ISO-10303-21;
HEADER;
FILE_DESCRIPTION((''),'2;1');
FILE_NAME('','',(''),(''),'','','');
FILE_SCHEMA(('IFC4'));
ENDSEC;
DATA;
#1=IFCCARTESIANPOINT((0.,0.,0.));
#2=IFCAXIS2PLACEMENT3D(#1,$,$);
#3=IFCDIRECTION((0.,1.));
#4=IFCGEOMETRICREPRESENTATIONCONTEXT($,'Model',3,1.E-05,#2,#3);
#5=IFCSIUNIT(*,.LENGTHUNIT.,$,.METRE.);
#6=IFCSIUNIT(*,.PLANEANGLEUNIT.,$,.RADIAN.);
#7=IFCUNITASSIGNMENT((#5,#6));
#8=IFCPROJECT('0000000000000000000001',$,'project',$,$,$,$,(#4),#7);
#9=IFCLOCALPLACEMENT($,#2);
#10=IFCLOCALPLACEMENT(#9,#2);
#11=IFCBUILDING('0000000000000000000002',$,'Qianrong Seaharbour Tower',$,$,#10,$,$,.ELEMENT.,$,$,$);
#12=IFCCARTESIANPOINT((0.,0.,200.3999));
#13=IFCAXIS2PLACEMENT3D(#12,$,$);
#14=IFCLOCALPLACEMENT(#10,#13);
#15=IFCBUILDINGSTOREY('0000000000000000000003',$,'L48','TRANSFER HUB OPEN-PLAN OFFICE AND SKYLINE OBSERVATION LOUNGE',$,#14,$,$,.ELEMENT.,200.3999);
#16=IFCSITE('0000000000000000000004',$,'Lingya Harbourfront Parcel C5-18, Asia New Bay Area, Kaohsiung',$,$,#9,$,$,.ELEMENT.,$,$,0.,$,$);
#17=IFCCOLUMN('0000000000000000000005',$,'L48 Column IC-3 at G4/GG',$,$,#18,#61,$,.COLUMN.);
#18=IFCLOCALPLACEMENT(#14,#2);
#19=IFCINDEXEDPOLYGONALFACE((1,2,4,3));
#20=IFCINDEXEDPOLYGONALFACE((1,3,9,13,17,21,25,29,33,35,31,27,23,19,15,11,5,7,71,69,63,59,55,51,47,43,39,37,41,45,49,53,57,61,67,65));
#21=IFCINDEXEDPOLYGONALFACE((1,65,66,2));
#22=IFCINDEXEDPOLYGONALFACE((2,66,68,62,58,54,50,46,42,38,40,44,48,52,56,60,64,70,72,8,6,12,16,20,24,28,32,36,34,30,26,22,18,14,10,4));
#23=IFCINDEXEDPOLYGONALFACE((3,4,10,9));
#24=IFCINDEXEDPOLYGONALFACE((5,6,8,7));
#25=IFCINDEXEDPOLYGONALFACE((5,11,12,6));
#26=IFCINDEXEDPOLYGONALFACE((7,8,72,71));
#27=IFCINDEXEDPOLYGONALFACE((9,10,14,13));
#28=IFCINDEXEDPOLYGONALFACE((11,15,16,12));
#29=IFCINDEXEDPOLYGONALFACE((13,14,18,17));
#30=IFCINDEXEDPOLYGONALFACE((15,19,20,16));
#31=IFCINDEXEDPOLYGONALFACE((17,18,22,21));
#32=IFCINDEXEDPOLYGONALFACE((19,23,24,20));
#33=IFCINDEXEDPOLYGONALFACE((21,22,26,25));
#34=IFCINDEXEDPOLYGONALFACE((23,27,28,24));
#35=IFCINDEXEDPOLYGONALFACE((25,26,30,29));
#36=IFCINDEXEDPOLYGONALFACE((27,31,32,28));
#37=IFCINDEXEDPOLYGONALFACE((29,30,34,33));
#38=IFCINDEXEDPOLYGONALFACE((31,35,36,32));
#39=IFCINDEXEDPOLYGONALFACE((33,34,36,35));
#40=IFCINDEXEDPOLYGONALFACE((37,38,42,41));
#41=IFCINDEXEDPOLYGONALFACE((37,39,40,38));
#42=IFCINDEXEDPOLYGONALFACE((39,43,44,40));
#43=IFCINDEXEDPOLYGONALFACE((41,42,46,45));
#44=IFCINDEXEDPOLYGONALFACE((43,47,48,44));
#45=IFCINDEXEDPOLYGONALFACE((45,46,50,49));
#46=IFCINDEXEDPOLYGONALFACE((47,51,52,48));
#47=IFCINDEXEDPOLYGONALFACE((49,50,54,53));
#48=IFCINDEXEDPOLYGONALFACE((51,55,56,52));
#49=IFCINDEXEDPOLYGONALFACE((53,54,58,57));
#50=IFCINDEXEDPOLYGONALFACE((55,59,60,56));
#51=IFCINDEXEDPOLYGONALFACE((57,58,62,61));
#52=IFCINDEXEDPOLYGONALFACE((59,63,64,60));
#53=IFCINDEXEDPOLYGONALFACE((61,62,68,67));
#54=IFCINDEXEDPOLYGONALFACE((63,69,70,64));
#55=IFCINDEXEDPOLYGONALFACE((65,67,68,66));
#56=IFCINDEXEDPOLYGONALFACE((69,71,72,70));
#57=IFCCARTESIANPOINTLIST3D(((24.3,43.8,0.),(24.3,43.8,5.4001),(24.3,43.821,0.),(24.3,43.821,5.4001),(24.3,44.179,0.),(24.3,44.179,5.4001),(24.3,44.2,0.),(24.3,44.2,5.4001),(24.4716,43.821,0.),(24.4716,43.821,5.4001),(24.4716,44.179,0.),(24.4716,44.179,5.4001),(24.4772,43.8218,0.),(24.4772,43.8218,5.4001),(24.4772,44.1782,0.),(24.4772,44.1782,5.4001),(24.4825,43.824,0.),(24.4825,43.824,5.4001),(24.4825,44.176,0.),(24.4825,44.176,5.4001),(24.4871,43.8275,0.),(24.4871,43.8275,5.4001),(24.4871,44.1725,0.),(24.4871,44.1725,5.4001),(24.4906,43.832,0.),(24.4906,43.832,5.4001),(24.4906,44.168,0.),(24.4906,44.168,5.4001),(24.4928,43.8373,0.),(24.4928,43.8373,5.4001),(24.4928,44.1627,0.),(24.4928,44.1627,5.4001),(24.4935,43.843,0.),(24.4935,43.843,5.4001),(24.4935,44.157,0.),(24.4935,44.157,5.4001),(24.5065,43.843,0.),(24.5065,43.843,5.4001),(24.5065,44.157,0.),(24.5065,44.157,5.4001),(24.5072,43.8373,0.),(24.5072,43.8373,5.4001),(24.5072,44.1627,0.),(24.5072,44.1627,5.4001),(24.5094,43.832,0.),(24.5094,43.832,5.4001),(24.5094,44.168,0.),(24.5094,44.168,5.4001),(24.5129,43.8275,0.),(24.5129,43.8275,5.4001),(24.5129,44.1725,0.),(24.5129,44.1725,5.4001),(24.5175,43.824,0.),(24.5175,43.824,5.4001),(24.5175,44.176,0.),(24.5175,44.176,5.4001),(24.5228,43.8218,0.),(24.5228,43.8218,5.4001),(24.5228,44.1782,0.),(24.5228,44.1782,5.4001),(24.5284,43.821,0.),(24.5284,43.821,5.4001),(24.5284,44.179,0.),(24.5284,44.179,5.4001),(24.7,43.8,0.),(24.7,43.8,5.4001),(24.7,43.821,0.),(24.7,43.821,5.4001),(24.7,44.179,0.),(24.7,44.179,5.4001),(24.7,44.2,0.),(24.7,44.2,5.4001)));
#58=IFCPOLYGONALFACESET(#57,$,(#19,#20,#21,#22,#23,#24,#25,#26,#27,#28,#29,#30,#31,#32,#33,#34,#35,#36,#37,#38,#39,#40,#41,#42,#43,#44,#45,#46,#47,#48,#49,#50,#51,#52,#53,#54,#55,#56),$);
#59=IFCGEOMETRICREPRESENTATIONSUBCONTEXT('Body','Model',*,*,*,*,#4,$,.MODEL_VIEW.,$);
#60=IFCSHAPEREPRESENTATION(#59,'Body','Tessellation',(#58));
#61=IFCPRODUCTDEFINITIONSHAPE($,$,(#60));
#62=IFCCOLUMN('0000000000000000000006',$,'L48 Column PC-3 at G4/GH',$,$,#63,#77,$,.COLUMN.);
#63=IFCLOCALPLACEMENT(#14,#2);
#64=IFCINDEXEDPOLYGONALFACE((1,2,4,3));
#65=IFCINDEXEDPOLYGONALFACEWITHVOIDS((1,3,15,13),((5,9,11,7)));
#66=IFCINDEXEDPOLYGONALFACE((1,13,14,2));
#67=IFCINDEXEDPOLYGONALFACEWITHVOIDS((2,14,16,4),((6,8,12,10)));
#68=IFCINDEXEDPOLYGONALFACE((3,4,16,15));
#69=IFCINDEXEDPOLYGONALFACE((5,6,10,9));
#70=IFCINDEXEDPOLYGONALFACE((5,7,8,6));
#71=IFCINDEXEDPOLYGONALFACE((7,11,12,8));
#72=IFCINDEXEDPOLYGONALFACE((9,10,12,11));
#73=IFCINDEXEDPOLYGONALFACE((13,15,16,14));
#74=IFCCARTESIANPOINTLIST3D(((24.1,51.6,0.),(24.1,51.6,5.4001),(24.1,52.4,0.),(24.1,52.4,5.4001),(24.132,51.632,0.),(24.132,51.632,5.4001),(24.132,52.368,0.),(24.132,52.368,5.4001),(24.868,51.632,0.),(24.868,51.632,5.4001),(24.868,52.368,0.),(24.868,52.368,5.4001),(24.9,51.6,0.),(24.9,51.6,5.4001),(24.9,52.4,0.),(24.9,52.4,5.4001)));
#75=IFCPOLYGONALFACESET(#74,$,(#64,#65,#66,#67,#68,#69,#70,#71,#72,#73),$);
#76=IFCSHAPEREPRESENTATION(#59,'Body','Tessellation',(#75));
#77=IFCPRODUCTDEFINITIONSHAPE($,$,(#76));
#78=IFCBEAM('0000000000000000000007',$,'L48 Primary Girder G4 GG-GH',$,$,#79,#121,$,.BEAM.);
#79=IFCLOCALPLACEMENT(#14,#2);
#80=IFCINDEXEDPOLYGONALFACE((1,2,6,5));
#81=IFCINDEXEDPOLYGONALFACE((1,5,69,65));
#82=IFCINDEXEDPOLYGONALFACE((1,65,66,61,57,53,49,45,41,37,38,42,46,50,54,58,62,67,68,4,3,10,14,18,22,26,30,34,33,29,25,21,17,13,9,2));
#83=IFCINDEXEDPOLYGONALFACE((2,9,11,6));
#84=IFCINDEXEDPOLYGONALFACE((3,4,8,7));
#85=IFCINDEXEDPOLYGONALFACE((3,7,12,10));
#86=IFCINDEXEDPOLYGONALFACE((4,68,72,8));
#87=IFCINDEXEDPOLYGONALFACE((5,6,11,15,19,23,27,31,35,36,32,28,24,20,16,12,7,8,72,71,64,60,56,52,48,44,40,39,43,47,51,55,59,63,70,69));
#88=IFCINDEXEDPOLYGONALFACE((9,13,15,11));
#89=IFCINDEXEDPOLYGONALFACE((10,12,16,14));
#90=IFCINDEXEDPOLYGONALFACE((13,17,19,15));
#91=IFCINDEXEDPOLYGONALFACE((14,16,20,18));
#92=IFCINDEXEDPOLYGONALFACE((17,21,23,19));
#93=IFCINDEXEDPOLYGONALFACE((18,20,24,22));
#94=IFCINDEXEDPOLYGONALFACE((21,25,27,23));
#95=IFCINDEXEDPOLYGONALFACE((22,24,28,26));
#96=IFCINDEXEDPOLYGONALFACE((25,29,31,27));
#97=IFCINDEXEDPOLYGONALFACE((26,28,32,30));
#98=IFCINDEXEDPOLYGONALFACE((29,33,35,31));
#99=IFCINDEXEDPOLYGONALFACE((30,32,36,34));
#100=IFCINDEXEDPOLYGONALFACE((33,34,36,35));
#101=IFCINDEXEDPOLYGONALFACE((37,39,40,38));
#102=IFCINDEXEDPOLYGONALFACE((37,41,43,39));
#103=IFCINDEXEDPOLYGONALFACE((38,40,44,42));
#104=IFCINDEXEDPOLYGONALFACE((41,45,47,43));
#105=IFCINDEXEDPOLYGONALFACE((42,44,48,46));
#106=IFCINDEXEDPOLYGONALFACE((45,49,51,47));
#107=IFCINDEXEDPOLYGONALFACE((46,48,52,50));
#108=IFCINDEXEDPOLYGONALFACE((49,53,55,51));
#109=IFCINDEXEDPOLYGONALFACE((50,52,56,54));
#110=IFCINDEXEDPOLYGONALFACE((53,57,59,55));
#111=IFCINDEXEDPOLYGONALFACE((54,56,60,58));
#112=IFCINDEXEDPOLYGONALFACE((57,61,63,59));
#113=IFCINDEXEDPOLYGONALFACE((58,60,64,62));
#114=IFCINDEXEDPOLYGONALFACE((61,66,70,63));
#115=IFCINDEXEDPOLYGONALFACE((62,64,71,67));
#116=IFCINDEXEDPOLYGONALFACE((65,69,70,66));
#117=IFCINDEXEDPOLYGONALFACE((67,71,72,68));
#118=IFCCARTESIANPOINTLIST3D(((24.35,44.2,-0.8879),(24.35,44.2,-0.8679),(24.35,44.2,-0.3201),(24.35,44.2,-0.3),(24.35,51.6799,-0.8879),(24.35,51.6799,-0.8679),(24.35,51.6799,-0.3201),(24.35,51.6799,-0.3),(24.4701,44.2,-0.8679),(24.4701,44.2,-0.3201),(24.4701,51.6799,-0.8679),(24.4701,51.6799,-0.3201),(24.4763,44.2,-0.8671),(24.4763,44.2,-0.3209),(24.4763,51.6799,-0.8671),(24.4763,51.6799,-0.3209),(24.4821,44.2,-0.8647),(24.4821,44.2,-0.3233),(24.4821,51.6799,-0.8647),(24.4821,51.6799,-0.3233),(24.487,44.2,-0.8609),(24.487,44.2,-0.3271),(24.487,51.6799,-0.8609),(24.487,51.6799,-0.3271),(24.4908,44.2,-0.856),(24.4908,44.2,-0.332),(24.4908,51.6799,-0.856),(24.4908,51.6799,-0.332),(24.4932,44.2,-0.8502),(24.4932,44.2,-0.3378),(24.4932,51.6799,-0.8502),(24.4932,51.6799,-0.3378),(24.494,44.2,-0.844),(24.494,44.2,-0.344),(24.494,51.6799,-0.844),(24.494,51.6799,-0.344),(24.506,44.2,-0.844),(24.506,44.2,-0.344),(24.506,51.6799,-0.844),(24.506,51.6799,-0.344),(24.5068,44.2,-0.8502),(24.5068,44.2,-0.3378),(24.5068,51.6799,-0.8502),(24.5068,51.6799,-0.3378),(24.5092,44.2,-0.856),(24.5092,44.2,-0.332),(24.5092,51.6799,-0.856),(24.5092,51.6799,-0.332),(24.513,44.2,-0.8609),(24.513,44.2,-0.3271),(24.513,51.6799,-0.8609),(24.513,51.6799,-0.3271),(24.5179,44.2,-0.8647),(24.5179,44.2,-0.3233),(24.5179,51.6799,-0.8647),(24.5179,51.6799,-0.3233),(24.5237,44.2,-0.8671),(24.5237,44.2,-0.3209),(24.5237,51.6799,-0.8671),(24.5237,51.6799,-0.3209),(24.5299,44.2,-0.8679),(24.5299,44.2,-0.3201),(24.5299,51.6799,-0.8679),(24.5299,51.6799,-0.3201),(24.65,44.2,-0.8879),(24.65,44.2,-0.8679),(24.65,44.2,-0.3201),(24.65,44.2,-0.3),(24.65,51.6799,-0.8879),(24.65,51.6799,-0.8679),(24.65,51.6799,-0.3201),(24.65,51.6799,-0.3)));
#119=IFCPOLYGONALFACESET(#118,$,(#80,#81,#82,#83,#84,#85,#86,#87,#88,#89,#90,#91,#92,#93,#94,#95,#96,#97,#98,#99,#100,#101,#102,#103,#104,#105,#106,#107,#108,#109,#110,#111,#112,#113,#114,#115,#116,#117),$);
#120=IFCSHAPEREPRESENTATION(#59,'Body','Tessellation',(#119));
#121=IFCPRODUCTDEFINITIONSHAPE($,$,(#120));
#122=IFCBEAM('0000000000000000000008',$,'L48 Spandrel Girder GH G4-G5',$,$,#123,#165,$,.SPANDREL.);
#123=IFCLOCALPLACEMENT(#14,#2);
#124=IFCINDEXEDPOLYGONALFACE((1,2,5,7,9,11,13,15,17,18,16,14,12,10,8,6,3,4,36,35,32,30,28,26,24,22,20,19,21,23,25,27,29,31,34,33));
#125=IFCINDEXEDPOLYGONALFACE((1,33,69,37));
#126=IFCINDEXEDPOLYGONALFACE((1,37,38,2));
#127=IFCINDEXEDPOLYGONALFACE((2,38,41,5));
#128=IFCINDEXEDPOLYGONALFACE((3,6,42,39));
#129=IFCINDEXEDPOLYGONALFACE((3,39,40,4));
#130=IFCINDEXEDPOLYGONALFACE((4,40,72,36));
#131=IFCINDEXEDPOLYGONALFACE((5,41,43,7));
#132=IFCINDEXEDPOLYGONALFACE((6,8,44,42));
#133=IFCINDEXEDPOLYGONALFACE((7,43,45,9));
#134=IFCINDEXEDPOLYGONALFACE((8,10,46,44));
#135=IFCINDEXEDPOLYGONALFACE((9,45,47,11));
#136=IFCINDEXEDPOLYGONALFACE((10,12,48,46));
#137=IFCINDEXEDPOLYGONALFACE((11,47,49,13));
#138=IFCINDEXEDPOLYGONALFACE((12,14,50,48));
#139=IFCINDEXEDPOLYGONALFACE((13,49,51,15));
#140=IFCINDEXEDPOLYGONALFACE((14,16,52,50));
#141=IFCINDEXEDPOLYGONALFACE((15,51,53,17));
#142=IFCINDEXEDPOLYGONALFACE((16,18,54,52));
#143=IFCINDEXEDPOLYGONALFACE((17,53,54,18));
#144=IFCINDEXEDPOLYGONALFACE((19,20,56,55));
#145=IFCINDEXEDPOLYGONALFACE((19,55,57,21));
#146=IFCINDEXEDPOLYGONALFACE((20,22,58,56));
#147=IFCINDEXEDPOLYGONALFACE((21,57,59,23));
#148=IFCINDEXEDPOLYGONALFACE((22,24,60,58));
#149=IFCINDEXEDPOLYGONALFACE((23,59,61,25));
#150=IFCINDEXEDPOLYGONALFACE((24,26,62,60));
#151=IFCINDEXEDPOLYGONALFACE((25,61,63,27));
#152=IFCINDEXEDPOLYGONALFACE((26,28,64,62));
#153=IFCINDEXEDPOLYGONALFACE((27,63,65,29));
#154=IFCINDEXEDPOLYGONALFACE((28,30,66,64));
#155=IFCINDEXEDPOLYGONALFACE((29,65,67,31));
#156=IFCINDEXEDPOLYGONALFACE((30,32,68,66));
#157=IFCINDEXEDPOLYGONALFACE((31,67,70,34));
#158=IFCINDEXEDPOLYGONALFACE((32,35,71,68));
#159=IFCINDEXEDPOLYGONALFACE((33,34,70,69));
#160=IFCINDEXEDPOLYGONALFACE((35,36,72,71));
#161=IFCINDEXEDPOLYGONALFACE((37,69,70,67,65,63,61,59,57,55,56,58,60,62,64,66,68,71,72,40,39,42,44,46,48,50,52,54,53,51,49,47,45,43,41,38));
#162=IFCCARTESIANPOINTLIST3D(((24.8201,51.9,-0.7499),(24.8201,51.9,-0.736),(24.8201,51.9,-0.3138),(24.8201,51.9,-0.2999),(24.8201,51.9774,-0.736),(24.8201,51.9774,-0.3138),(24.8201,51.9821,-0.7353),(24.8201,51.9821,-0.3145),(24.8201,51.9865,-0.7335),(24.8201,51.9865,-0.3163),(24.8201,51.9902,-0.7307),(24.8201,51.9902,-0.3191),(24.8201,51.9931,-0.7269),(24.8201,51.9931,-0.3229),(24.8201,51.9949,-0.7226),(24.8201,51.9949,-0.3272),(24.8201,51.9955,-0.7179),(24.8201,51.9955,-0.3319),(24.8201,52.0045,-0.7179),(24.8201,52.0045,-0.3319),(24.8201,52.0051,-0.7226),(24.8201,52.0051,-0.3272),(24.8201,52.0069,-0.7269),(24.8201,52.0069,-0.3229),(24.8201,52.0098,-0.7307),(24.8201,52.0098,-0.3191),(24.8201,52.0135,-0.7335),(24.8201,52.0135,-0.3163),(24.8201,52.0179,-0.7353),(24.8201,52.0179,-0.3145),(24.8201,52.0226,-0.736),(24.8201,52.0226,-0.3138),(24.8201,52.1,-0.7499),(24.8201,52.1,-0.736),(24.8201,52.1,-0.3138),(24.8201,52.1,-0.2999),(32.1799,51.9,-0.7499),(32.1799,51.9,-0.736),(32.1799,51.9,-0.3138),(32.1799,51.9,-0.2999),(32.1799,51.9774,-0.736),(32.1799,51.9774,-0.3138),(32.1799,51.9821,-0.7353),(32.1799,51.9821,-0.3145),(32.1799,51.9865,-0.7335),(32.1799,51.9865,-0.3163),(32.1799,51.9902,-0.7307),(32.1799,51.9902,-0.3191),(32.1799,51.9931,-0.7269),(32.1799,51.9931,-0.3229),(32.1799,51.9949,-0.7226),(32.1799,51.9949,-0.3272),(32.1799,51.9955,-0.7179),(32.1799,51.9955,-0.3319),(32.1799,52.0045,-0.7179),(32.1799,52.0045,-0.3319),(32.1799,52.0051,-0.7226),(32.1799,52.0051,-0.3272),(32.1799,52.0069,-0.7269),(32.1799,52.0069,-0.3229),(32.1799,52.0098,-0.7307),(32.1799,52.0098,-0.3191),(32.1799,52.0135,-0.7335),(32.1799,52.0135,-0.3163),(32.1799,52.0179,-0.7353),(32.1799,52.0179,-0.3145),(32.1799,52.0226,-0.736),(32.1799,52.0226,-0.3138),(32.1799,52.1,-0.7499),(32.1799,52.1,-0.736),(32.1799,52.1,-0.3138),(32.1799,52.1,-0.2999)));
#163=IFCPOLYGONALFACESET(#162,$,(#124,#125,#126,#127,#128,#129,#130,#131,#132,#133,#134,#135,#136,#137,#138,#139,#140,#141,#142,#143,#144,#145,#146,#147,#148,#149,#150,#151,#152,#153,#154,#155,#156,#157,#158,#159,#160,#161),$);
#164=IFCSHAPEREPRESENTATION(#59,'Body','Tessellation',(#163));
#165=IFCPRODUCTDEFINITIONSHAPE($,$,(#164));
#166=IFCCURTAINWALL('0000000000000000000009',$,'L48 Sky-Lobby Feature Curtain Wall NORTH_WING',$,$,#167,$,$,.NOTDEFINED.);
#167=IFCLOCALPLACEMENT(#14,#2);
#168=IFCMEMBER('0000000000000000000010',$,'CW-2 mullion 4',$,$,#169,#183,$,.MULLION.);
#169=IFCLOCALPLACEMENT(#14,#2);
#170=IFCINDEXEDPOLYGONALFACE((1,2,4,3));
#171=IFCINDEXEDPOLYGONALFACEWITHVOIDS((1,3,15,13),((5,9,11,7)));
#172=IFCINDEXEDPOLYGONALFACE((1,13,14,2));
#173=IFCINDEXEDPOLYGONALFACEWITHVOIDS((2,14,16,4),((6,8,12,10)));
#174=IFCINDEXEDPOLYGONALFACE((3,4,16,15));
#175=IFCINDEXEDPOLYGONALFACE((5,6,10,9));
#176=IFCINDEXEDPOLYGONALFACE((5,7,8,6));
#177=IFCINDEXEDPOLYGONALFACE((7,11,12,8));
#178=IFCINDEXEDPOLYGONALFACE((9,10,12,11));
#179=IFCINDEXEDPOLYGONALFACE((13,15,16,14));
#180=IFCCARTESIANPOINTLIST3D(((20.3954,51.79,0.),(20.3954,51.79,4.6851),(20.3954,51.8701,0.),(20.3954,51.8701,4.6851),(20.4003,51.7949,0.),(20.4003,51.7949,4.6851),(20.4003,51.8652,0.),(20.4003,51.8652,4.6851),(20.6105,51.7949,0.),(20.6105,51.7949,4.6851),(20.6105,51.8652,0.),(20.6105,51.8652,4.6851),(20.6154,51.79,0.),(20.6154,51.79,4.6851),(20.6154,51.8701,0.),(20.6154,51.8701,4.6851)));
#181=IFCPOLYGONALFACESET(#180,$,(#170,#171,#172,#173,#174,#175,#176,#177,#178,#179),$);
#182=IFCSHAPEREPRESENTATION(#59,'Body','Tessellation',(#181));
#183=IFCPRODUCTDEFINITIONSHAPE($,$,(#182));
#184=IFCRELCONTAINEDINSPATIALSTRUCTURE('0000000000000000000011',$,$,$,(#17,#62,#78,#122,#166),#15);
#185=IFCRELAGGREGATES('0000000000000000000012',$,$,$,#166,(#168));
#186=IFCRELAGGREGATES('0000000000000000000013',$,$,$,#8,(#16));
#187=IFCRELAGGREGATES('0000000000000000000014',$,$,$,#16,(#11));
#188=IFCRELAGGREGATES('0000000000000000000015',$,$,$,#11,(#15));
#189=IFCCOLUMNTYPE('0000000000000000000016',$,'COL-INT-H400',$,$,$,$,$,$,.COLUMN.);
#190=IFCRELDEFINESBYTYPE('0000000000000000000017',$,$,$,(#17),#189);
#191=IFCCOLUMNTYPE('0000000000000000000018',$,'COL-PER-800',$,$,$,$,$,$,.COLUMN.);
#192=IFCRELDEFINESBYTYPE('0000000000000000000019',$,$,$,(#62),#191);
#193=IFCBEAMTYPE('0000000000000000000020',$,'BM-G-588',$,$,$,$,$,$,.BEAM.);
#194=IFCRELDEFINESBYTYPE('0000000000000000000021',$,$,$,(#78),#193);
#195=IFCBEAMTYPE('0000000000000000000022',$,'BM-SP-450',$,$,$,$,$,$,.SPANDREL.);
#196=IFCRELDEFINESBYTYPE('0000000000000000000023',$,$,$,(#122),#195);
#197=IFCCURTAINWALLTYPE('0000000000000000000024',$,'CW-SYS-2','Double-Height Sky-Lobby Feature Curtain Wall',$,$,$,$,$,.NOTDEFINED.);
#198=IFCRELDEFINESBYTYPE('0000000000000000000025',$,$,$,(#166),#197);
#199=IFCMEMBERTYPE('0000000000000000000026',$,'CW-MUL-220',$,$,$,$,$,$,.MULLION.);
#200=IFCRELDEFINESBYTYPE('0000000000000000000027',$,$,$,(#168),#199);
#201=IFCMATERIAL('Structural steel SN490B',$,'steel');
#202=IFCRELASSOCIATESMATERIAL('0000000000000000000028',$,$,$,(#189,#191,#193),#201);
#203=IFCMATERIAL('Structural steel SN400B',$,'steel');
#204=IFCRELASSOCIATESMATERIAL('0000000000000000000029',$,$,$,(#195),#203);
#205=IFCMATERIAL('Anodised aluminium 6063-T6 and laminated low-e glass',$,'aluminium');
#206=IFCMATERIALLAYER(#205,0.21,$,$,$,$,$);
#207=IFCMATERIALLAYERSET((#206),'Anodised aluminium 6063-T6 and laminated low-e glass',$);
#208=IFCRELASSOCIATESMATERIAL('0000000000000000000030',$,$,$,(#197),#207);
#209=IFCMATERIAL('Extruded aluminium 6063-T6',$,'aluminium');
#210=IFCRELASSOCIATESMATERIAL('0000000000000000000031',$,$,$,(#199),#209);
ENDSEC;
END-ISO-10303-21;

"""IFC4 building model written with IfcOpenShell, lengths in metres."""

from ifc_helpers import new_model, si_unit, direction, frame, origin, origin_2d, place, context, subcontext, project, spatial, hollow_rectangle, i_section, extrude, material, layer, layer_set, material_profile, profile_set, type_object, element, aggregate, save


model = new_model("IFC4")

# Units and contexts
model_context = context("Model", 3, precision=1e-05, world=origin(), true_north=direction((0.0, 1.0)))
body_context = subcontext(model_context, "Body", "Model", "MODEL_VIEW")
ifc_project = project(units=[si_unit("LENGTHUNIT", "METRE"), si_unit("PLANEANGLEUNIT", "RADIAN")], contexts=[model_context])

# Site, building, storey
site_placement = place(None, origin())
site = spatial("IfcSite", under=ifc_project, at=site_placement, Name="Lingya Harbourfront Parcel C5-18, Asia New Bay Area, Kaohsiung", CompositionType="ELEMENT", RefElevation=0.0)
building_placement = place(site_placement, origin())
building = spatial("IfcBuilding", under=site, at=building_placement, Name="Qianrong Seaharbour Tower", CompositionType="ELEMENT")
storey_placement = place(building_placement, frame((0.0, 0.0, 200.3999)))
storey = spatial("IfcBuildingStorey", under=building, at=storey_placement, Name="L48", Description="TRANSFER HUB OPEN-PLAN OFFICE AND SKYLINE OBSERVATION LOUNGE", CompositionType="ELEMENT", Elevation=200.3999)

# Columns
ifc_material_1 = material(Name="Structural steel SN490B", Category="steel")
ifc_material_profile_1 = material_profile(ifc_material_1, i_section(OverallWidth=0.3999, OverallDepth=0.3999, WebThickness=0.0129, FlangeThickness=0.021, FilletRadius=0.022, at=origin_2d()), Name="H400x400x13x21")
ifc_profile_set_1 = profile_set([ifc_material_profile_1], Name="Structural steel SN490B")
column_type_1 = type_object("IfcColumnType", Name="COL-INT-H400", PredefinedType="COLUMN", material=ifc_profile_set_1)
column_1_placement = place(storey_placement, frame((24.5, 44.0, 0.0), z_axis=(0.0, 0.0, 1.0), x_axis=(1.0, 0.0, 0.0)))
element("IfcColumn", 1, at=column_1_placement, inside=storey, type_object=column_type_1, Name="L48 Column IC-3 at G4/GG", PredefinedType="COLUMN", context=body_context, shape_type="SweptSolid", body=[
    extrude(i_section(OverallWidth=0.3999, OverallDepth=0.3999, WebThickness=0.0129, FlangeThickness=0.021, FilletRadius=0.022, at=origin_2d()), origin(), (0.0, 0.0, 1.0), 5.4001),
])
ifc_material_profile_2 = material_profile(ifc_material_1, hollow_rectangle(XDim=0.8, YDim=0.8, WallThickness=0.032, at=origin_2d()), Name="BOX800x800x32")
ifc_profile_set_2 = profile_set([ifc_material_profile_2], Name="Structural steel SN490B")
column_type_2 = type_object("IfcColumnType", Name="COL-PER-800", PredefinedType="COLUMN", material=ifc_profile_set_2)
column_2_placement = place(storey_placement, frame((24.5, 52.0, 0.0), z_axis=(0.0, 0.0, 1.0), x_axis=(1.0, 0.0, 0.0)))
element("IfcColumn", 2, at=column_2_placement, inside=storey, type_object=column_type_2, Name="L48 Column PC-3 at G4/GH", PredefinedType="COLUMN", context=body_context, shape_type="SweptSolid", body=[
    extrude(hollow_rectangle(XDim=0.8, YDim=0.8, WallThickness=0.032, at=origin_2d()), origin(), (0.0, 0.0, 1.0), 5.4001),
])

# Beams
ifc_material_profile_3 = material_profile(ifc_material_1, i_section(OverallWidth=0.3, OverallDepth=0.5879, WebThickness=0.012, FlangeThickness=0.02, FilletRadius=0.0239, at=origin_2d()), Name="H588x300x12x20")
ifc_profile_set_3 = profile_set([ifc_material_profile_3], Name="Structural steel SN490B")
beam_type_1 = type_object("IfcBeamType", Name="BM-G-588", PredefinedType="BEAM", material=ifc_profile_set_3)
beam_1_placement = place(storey_placement, frame((24.5, 44.2, -0.594), z_axis=(0.0, 1.0, 0.0), x_axis=(-1.0, 0.0, 0.0)))
element("IfcBeam", 3, at=beam_1_placement, inside=storey, type_object=beam_type_1, Name="L48 Primary Girder G4 GG-GH", PredefinedType="BEAM", context=body_context, shape_type="SweptSolid", body=[
    extrude(i_section(OverallWidth=0.3, OverallDepth=0.5879, WebThickness=0.012, FlangeThickness=0.02, FilletRadius=0.0239, at=origin_2d()), origin(), (0.0, 0.0, 1.0), 7.48),
])
ifc_material_2 = material(Name="Structural steel SN400B", Category="steel")
ifc_material_profile_4 = material_profile(ifc_material_2, i_section(OverallWidth=0.2, OverallDepth=0.45, WebThickness=0.009, FlangeThickness=0.0139, FilletRadius=0.0181, at=origin_2d()), Name="H450x200x9x14")
ifc_profile_set_4 = profile_set([ifc_material_profile_4], Name="Structural steel SN400B")
beam_type_2 = type_object("IfcBeamType", Name="BM-SP-450", PredefinedType="SPANDREL", material=ifc_profile_set_4)
beam_2_placement = place(storey_placement, frame((24.8201, 52.0, -0.5249), z_axis=(1.0, 0.0, 0.0), x_axis=(0.0, 1.0, 0.0)))
element("IfcBeam", 4, at=beam_2_placement, inside=storey, type_object=beam_type_2, Name="L48 Spandrel Girder GH G4-G5", PredefinedType="SPANDREL", context=body_context, shape_type="SweptSolid", body=[
    extrude(i_section(OverallWidth=0.2, OverallDepth=0.45, WebThickness=0.009, FlangeThickness=0.0139, FilletRadius=0.0181, at=origin_2d()), origin(), (0.0, 0.0, 1.0), 7.3599),
])

# Curtain wall, member
ifc_material_3 = material(Name="Anodised aluminium 6063-T6 and laminated low-e glass", Category="aluminium")
ifc_layer_1 = layer(ifc_material_3, 0.21)
ifc_layer_set_1 = layer_set([ifc_layer_1], Name="Anodised aluminium 6063-T6 and laminated low-e glass")
curtain_wall_type = type_object("IfcCurtainWallType", Name="CW-SYS-2", Description="Double-Height Sky-Lobby Feature Curtain Wall", PredefinedType="NOTDEFINED", material=ifc_layer_set_1)
curtain_wall_placement = place(storey_placement, origin())
curtain_wall = element("IfcCurtainWall", 5, at=curtain_wall_placement, inside=storey, type_object=curtain_wall_type, Name="L48 Sky-Lobby Feature Curtain Wall NORTH_WING", PredefinedType="NOTDEFINED")
ifc_material_4 = material(Name="Extruded aluminium 6063-T6", Category="aluminium")
ifc_material_profile_5 = material_profile(ifc_material_4, hollow_rectangle(XDim=0.0801, YDim=0.22, WallThickness=0.0049, at=origin_2d()), Name="ALU-MUL-220x80x5")
ifc_profile_set_5 = profile_set([ifc_material_profile_5], Name="Extruded aluminium 6063-T6")
member_type_1 = type_object("IfcMemberType", Name="CW-MUL-220", PredefinedType="MULLION", material=ifc_profile_set_5)
member_1_placement = place(storey_placement, frame((20.5054, 51.8301, 0.0), z_axis=(0.0, 0.0, 1.0), x_axis=(0.0, 1.0, 0.0)))
member_1 = element("IfcMember", 6, at=member_1_placement, type_object=member_type_1, Name="CW-2 mullion 4", PredefinedType="MULLION", context=body_context, shape_type="SweptSolid", body=[
    extrude(hollow_rectangle(XDim=0.0801, YDim=0.22, WallThickness=0.0049, at=origin_2d()), origin(), (0.0, 0.0, 1.0), 4.6851),
])
aggregate(curtain_wall, [member_1])

save(model, "model.ifc")
